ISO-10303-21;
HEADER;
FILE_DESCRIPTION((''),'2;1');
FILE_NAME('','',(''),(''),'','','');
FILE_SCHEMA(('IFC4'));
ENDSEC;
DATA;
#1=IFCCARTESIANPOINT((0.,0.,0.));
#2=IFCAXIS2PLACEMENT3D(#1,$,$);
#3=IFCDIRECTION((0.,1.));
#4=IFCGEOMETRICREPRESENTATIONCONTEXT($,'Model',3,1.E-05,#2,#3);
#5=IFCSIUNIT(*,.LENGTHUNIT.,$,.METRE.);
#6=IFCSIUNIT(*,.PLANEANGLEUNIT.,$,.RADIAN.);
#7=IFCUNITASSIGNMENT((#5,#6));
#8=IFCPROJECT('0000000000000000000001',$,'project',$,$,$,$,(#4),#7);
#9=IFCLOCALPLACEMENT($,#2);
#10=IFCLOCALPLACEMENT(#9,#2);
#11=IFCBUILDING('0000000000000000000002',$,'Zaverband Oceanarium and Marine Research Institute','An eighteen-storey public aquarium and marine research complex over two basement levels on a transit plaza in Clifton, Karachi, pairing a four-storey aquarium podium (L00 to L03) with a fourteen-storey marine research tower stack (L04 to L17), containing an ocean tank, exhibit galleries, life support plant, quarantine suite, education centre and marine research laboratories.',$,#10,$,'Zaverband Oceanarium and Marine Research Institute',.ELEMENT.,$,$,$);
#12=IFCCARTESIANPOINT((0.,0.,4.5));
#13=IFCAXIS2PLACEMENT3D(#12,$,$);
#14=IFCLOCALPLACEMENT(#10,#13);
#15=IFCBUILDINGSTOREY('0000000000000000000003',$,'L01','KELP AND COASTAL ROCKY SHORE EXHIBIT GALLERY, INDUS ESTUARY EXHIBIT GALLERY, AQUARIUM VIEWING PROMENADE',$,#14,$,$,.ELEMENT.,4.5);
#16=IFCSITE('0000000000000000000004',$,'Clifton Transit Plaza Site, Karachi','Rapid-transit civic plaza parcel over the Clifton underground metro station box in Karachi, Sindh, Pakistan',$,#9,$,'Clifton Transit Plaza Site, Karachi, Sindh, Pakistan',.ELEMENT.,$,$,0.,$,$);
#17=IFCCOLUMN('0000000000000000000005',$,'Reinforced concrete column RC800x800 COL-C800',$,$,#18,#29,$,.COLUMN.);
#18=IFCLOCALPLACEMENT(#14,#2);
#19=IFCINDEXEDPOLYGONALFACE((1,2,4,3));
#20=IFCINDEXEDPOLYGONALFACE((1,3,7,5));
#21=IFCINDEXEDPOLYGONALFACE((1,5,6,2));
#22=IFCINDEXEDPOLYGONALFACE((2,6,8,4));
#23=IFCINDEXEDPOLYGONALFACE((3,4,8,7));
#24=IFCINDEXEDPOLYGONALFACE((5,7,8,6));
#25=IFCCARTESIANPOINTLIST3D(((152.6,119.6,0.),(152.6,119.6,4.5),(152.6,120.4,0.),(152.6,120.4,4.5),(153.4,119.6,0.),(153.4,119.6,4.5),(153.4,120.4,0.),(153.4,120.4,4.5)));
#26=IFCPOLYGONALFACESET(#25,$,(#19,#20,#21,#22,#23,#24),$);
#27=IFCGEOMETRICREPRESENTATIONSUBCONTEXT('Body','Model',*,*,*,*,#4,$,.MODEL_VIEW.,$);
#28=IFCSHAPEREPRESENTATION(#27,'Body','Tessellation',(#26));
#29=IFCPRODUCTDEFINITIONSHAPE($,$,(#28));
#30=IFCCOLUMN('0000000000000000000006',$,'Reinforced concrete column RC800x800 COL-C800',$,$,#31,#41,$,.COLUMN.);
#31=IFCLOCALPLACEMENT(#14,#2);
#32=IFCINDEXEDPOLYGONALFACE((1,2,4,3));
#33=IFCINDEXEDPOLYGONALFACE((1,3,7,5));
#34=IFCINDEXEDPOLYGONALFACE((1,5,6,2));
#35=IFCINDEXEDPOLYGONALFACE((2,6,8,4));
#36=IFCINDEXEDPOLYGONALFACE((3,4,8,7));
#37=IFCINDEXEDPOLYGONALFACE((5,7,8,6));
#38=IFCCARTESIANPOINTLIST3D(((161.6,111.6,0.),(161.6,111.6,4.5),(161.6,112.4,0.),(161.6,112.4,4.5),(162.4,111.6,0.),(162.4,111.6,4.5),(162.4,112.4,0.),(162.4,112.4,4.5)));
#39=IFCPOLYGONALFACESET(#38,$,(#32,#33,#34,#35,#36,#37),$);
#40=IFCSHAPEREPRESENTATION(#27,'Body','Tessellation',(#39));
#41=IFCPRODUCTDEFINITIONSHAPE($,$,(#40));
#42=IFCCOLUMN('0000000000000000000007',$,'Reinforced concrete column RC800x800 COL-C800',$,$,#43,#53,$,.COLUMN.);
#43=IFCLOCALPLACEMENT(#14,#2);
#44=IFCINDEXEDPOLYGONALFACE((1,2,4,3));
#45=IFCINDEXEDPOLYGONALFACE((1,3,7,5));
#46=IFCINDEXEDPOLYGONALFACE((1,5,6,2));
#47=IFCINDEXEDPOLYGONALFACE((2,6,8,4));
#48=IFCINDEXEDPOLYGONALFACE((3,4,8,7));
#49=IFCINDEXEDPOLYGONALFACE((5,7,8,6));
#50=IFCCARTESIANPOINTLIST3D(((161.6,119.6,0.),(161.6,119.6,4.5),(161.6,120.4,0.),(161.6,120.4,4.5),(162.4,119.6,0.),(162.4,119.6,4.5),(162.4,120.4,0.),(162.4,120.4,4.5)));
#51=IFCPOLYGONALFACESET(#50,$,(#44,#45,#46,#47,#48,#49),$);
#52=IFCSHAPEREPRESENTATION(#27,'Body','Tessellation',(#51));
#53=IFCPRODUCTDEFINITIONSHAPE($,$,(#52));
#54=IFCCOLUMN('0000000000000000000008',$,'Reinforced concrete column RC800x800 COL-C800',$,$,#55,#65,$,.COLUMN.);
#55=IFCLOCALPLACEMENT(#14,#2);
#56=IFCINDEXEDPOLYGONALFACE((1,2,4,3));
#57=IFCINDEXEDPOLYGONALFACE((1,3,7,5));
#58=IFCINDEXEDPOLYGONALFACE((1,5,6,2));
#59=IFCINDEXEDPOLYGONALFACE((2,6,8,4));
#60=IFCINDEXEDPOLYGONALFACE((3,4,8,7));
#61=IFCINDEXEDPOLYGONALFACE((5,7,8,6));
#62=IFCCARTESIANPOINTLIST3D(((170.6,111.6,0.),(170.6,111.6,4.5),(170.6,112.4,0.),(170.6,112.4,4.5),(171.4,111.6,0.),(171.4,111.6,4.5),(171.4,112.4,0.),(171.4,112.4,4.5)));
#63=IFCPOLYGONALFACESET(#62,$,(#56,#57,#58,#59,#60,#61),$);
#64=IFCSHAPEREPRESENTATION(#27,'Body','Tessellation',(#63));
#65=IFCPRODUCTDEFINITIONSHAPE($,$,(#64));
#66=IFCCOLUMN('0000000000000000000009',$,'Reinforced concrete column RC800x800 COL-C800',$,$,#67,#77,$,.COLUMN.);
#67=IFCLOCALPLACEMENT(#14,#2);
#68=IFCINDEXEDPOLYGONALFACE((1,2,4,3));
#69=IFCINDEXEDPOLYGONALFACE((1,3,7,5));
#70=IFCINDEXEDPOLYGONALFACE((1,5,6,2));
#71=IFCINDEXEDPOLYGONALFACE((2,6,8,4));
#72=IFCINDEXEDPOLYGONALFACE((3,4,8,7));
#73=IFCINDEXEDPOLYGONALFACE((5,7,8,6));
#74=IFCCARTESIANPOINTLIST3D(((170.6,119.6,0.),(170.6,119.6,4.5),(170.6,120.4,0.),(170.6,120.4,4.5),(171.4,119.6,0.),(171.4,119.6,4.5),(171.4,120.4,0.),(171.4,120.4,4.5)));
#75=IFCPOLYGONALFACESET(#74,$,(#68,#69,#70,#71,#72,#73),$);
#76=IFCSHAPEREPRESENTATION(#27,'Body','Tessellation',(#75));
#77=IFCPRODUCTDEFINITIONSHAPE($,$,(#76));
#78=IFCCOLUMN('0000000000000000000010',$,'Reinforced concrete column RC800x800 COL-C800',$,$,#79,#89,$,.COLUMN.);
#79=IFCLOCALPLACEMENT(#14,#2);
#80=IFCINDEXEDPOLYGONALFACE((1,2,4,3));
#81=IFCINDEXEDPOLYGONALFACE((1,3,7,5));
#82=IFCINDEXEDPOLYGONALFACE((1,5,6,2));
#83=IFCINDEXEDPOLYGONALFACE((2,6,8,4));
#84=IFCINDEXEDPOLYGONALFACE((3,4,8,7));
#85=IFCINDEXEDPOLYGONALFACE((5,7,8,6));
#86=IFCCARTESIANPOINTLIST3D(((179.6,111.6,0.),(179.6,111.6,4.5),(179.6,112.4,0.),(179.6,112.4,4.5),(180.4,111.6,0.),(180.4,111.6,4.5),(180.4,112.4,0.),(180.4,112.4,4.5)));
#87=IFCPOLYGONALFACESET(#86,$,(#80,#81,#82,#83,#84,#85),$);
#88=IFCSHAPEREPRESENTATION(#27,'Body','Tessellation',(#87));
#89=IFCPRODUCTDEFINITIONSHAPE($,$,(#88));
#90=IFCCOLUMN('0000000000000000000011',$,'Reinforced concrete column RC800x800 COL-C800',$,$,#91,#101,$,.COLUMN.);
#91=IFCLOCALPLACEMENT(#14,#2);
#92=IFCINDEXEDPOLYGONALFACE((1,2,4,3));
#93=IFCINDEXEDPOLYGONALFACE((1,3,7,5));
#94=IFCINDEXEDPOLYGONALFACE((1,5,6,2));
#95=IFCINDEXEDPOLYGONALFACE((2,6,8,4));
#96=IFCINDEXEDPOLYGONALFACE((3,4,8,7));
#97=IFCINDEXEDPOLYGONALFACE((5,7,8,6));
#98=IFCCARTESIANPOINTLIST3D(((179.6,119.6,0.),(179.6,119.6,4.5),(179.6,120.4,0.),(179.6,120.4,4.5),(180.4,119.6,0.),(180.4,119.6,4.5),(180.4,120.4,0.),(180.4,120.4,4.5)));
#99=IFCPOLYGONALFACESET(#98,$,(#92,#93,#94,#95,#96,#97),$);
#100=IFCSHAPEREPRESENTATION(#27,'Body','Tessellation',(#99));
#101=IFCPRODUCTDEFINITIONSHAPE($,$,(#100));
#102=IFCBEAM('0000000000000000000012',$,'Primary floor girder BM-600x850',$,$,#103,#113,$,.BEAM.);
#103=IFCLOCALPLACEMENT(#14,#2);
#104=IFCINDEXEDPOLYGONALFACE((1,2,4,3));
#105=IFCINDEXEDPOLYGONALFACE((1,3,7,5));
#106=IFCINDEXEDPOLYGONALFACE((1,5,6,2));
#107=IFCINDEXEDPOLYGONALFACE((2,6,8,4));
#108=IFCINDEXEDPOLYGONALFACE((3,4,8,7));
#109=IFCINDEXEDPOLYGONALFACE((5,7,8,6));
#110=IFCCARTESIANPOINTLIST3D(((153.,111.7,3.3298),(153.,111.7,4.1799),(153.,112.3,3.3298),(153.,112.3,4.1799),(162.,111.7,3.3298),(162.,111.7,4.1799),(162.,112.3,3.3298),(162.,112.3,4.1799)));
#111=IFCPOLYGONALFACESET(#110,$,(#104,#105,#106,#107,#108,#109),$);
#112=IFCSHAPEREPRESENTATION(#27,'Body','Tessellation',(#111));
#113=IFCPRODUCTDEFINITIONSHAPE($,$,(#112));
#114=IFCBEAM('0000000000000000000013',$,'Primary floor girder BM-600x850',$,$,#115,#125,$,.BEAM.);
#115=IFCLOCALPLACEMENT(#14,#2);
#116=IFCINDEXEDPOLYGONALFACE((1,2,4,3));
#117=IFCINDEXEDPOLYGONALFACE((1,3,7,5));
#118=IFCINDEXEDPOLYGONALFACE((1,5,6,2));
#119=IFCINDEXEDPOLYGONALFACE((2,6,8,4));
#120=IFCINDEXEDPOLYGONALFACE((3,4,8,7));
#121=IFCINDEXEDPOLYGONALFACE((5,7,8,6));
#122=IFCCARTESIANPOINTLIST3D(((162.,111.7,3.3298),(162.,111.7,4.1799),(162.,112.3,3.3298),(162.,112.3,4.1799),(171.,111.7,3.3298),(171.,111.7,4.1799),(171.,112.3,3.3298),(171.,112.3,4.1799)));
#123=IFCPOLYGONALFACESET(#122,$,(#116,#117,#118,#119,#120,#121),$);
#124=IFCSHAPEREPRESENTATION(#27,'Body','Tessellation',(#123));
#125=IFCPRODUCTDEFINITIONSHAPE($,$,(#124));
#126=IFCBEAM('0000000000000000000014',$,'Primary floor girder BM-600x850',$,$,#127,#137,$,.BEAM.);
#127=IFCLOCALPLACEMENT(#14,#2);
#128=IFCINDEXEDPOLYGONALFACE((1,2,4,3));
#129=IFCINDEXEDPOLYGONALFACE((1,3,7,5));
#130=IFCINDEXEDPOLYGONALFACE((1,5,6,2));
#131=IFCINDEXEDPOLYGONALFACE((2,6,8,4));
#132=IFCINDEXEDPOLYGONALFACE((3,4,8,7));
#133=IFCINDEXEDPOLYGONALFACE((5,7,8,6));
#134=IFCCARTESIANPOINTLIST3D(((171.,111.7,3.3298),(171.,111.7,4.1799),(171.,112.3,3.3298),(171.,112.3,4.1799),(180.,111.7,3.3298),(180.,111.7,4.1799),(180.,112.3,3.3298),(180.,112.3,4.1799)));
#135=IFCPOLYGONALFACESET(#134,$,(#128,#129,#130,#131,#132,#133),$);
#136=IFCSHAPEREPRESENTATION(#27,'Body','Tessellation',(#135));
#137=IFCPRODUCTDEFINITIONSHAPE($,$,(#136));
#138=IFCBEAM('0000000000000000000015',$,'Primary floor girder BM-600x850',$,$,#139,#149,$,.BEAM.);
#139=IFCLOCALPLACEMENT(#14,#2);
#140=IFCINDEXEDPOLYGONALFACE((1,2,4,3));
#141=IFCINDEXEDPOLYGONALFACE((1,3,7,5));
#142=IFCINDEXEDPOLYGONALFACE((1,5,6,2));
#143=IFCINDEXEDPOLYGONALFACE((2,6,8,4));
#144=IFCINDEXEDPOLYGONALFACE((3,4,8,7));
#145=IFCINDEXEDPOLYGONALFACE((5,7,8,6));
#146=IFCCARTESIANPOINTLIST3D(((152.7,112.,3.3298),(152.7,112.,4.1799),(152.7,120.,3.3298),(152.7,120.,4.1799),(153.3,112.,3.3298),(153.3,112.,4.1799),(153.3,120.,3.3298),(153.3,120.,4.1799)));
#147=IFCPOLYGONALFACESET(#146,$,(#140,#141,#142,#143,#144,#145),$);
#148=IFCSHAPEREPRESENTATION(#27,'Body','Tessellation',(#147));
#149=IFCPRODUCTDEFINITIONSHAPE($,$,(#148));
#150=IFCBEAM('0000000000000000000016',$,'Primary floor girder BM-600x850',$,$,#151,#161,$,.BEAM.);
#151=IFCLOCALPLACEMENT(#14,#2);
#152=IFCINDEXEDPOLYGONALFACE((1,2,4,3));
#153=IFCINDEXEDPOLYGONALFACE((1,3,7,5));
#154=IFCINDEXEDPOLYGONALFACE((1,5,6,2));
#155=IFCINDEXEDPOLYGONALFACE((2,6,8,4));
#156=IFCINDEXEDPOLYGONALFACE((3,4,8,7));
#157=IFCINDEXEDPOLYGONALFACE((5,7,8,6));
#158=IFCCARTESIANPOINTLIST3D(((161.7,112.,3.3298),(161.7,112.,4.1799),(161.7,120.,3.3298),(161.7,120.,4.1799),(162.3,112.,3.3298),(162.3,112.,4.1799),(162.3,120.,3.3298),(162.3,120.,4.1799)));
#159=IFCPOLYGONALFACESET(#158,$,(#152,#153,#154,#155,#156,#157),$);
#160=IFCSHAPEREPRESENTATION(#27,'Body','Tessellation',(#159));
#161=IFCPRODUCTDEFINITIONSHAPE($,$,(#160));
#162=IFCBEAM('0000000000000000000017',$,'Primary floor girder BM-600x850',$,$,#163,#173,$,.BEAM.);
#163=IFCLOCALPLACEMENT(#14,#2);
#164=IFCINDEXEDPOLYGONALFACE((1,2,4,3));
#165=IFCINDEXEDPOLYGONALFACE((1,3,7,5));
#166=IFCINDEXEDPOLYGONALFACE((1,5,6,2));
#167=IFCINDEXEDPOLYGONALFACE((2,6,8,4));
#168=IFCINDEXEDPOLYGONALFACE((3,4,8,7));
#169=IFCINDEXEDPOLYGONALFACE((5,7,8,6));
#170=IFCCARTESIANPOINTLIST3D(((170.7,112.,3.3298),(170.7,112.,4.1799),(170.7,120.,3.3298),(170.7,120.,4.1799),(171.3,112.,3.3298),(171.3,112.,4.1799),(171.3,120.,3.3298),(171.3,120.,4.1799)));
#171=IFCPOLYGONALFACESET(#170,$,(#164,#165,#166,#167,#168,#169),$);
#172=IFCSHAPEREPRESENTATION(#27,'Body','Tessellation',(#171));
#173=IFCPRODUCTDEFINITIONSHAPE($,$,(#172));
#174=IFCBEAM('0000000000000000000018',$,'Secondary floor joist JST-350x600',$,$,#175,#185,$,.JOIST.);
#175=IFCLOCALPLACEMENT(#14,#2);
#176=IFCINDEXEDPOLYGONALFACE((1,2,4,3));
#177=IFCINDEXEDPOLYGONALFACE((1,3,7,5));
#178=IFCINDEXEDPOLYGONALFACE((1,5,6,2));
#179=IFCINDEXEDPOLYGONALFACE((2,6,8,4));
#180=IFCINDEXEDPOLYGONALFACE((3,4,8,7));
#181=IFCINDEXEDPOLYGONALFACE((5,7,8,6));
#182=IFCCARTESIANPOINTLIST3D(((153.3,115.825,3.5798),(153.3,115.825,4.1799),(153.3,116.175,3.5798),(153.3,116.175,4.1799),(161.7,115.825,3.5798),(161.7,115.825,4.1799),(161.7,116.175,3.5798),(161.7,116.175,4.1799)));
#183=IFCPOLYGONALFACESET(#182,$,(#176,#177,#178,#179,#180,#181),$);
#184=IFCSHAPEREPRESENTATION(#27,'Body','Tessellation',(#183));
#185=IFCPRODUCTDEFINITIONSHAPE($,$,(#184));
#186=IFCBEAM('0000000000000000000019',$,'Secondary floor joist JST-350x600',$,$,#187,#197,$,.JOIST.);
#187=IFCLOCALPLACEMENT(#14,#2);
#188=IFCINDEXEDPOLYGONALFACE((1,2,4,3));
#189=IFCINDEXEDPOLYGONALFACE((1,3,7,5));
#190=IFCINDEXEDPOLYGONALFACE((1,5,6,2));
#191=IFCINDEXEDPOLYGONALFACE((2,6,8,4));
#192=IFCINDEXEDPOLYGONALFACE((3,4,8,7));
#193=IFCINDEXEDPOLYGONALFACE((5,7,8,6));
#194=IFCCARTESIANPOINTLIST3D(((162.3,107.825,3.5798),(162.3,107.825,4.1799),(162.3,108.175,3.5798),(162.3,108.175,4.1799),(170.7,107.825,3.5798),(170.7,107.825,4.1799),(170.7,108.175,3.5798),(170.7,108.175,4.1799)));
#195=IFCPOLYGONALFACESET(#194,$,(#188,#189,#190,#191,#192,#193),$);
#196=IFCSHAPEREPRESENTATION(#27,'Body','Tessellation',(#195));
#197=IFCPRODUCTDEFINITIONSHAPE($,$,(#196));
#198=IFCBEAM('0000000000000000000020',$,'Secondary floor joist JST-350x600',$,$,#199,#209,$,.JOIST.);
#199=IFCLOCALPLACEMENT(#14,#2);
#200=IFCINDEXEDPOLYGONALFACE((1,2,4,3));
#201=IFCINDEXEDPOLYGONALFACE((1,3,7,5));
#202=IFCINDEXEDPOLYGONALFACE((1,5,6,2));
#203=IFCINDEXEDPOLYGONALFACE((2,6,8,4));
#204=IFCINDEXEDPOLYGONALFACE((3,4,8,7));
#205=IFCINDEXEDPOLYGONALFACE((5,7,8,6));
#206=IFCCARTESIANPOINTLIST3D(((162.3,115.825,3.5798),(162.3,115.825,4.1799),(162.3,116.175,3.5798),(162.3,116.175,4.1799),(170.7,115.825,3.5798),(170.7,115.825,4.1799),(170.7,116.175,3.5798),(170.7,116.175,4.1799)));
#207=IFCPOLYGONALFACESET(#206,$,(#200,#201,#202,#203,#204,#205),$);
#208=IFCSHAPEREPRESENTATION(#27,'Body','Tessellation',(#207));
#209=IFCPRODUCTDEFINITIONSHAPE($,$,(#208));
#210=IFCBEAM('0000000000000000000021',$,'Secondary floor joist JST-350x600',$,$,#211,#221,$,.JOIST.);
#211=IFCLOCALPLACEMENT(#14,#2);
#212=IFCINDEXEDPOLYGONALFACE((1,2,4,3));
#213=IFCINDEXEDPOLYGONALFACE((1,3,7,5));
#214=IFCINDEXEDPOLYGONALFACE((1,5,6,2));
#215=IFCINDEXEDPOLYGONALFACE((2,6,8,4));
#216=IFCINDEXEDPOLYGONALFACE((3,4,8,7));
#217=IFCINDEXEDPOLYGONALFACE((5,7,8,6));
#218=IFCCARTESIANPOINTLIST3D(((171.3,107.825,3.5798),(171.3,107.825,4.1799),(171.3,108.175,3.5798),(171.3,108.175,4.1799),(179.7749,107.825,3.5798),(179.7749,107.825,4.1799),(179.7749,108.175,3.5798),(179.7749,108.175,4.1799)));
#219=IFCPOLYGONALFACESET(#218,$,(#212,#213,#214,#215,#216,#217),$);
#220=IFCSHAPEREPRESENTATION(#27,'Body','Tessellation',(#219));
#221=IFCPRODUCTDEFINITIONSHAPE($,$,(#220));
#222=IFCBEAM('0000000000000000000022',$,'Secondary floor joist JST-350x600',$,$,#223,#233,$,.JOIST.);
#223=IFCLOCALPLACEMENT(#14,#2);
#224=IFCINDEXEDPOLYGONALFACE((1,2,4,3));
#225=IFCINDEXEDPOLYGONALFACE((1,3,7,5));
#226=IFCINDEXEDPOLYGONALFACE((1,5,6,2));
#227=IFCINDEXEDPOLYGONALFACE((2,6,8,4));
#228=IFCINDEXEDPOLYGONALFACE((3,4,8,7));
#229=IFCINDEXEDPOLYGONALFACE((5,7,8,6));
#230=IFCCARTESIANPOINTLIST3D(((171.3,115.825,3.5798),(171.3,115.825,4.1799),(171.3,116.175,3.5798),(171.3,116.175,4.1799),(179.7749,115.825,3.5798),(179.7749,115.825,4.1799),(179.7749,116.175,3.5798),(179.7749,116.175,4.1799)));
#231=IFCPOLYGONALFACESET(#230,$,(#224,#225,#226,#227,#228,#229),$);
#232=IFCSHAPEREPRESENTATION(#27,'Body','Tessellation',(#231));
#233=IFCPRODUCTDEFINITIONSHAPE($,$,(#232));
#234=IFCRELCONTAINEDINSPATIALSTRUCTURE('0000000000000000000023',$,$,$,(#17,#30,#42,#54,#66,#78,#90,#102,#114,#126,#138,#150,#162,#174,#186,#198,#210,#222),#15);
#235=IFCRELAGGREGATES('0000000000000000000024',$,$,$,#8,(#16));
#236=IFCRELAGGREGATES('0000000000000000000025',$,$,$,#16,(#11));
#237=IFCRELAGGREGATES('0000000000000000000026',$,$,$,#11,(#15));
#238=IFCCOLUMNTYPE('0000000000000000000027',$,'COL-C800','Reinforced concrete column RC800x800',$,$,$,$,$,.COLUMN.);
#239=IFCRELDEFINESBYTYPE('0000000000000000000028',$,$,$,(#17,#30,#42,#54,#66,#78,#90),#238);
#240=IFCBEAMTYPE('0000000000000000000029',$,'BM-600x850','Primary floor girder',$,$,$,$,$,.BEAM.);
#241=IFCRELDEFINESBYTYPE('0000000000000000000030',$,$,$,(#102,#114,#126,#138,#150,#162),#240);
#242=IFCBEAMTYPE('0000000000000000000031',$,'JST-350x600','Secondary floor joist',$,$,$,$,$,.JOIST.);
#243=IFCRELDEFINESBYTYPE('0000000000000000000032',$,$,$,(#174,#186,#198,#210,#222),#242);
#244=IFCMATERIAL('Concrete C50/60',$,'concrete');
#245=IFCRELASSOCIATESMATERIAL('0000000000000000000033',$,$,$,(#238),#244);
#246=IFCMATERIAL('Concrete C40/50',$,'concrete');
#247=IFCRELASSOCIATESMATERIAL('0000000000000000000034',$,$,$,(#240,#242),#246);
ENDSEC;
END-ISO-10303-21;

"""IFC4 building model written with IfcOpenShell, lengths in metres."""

from ifc_helpers import new_model, si_unit, direction, frame, origin, origin_2d, place, context, subcontext, project, spatial, rectangle, extrude, material, material_profile, profile_set, type_object, element, save


model = new_model("IFC4")

# Units and contexts
model_context = context("Model", 3, precision=1e-05, world=origin(), true_north=direction((0.0, 1.0)))
body_context = subcontext(model_context, "Body", "Model", "MODEL_VIEW")
ifc_project = project(units=[si_unit("LENGTHUNIT", "METRE"), si_unit("PLANEANGLEUNIT", "RADIAN")], contexts=[model_context])

# Site, building, storey
site_placement = place(None, origin())
site = spatial("IfcSite", under=ifc_project, at=site_placement, Name="Clifton Transit Plaza Site, Karachi", Description="Rapid-transit civic plaza parcel over the Clifton underground metro station box in Karachi, Sindh, Pakistan", LongName="Clifton Transit Plaza Site, Karachi, Sindh, Pakistan", CompositionType="ELEMENT", RefElevation=0.0)
building_placement = place(site_placement, origin())
building = spatial("IfcBuilding", under=site, at=building_placement, Name="Zaverband Oceanarium and Marine Research Institute", Description="An eighteen-storey public aquarium and marine research complex over two basement levels on a transit plaza in Clifton, Karachi, pairing a four-storey aquarium podium (L00 to L03) with a fourteen-storey marine research tower stack (L04 to L17), containing an ocean tank, exhibit galleries, life support plant, quarantine suite, education centre and marine research laboratories.", LongName="Zaverband Oceanarium and Marine Research Institute", CompositionType="ELEMENT")
storey_placement = place(building_placement, frame((0.0, 0.0, 4.5)))
storey = spatial("IfcBuildingStorey", under=building, at=storey_placement, Name="L01", Description="KELP AND COASTAL ROCKY SHORE EXHIBIT GALLERY, INDUS ESTUARY EXHIBIT GALLERY, AQUARIUM VIEWING PROMENADE", CompositionType="ELEMENT", Elevation=4.5)

# Columns
ifc_material_1 = material(Name="Concrete C50/60", Category="concrete")
ifc_material_profile_1 = material_profile(ifc_material_1, rectangle(XDim=0.8, YDim=0.8, at=origin_2d()), Name="RC800x800")
ifc_profile_set_1 = profile_set([ifc_material_profile_1], Name="Concrete C50/60")
column_type = type_object("IfcColumnType", Name="COL-C800", Description="Reinforced concrete column RC800x800", PredefinedType="COLUMN", material=ifc_profile_set_1)
for number, where, z_axis, x_axis, name in (
    (1, (153.0, 120.0, 0.0), (0.0, 0.0, 1.0), (1.0, 0.0, 0.0), "Reinforced concrete column RC800x800 COL-C800"),
    (2, (162.0, 112.0, 0.0), (0.0, 0.0, 1.0), (1.0, 0.0, 0.0), "Reinforced concrete column RC800x800 COL-C800"),
    (3, (162.0, 120.0, 0.0), (0.0, 0.0, 1.0), (1.0, 0.0, 0.0), "Reinforced concrete column RC800x800 COL-C800"),
    (4, (171.0, 112.0, 0.0), (0.0, 0.0, 1.0), (1.0, 0.0, 0.0), "Reinforced concrete column RC800x800 COL-C800"),
    (5, (171.0, 120.0, 0.0), (0.0, 0.0, 1.0), (1.0, 0.0, 0.0), "Reinforced concrete column RC800x800 COL-C800"),
    (6, (180.0, 112.0, 0.0), (0.0, 0.0, 1.0), (1.0, 0.0, 0.0), "Reinforced concrete column RC800x800 COL-C800"),
    (7, (180.0, 120.0, 0.0), (0.0, 0.0, 1.0), (1.0, 0.0, 0.0), "Reinforced concrete column RC800x800 COL-C800"),
):
    element("IfcColumn", number, at=place(storey_placement, frame(where, z_axis=z_axis, x_axis=x_axis)), inside=storey, type_object=column_type, Name=name, PredefinedType="COLUMN", context=body_context, shape_type="SweptSolid", body=[
        extrude(rectangle(XDim=0.8, YDim=0.8, at=origin_2d()), origin(), (0.0, 0.0, 1.0), 4.5),
    ])

# Beams
ifc_material_2 = material(Name="Concrete C40/50", Category="concrete")
ifc_material_profile_2 = material_profile(ifc_material_2, rectangle(XDim=0.6001, YDim=0.8501, at=origin_2d()), Name="RC600x850")
ifc_profile_set_2 = profile_set([ifc_material_profile_2], Name="Concrete C40/50")
beam_type_1 = type_object("IfcBeamType", Name="BM-600x850", Description="Primary floor girder", PredefinedType="BEAM", material=ifc_profile_set_2)
for number, where, z_axis, x_axis, name in (
    (8, (153.0, 112.0, 3.7549), (1.0, 0.0, 0.0), (0.0, 1.0, 0.0), "Primary floor girder BM-600x850"),
    (9, (162.0, 112.0, 3.7549), (1.0, 0.0, 0.0), (0.0, 1.0, 0.0), "Primary floor girder BM-600x850"),
    (10, (171.0, 112.0, 3.7549), (1.0, 0.0, 0.0), (0.0, 1.0, 0.0), "Primary floor girder BM-600x850"),
):
    element("IfcBeam", number, at=place(storey_placement, frame(where, z_axis=z_axis, x_axis=x_axis)), inside=storey, type_object=beam_type_1, Name=name, PredefinedType="BEAM", context=body_context, shape_type="SweptSolid", body=[
        extrude(rectangle(XDim=0.6001, YDim=0.8501, at=origin_2d()), origin(), (0.0, 0.0, 1.0), 9.0),
    ])
for number, where, z_axis, x_axis, name in (
    (11, (153.0, 112.0, 3.7549), (0.0, 1.0, 0.0), (-1.0, 0.0, 0.0), "Primary floor girder BM-600x850"),
    (12, (162.0, 112.0, 3.7549), (0.0, 1.0, 0.0), (-1.0, 0.0, 0.0), "Primary floor girder BM-600x850"),
    (13, (171.0, 112.0, 3.7549), (0.0, 1.0, 0.0), (-1.0, 0.0, 0.0), "Primary floor girder BM-600x850"),
):
    element("IfcBeam", number, at=place(storey_placement, frame(where, z_axis=z_axis, x_axis=x_axis)), inside=storey, type_object=beam_type_1, Name=name, PredefinedType="BEAM", context=body_context, shape_type="SweptSolid", body=[
        extrude(rectangle(XDim=0.6001, YDim=0.8501, at=origin_2d()), origin(), (0.0, 0.0, 1.0), 8.0),
    ])
ifc_material_profile_3 = material_profile(ifc_material_2, rectangle(XDim=0.3501, YDim=0.6001, at=origin_2d()), Name="RC350x600")
ifc_profile_set_3 = profile_set([ifc_material_profile_3], Name="Concrete C40/50")
beam_type_2 = type_object("IfcBeamType", Name="JST-350x600", Description="Secondary floor joist", PredefinedType="JOIST", material=ifc_profile_set_3)
for number, where, z_axis, x_axis, name in (
    (14, (153.3, 116.0, 3.8799), (1.0, 0.0, 0.0), (0.0, 1.0, 0.0), "Secondary floor joist JST-350x600"),
    (15, (162.3, 108.0, 3.8799), (1.0, 0.0, 0.0), (0.0, 1.0, 0.0), "Secondary floor joist JST-350x600"),
    (16, (162.3, 116.0, 3.8799), (1.0, 0.0, 0.0), (0.0, 1.0, 0.0), "Secondary floor joist JST-350x600"),
):
    element("IfcBeam", number, at=place(storey_placement, frame(where, z_axis=z_axis, x_axis=x_axis)), inside=storey, type_object=beam_type_2, Name=name, PredefinedType="JOIST", context=body_context, shape_type="SweptSolid", body=[
        extrude(rectangle(XDim=0.3501, YDim=0.6001, at=origin_2d()), origin(), (0.0, 0.0, 1.0), 8.3999),
    ])
for number, where, z_axis, x_axis, name in (
    (17, (171.3, 108.0, 3.8799), (1.0, 0.0, 0.0), (0.0, 1.0, 0.0), "Secondary floor joist JST-350x600"),
    (18, (171.3, 116.0, 3.8799), (1.0, 0.0, 0.0), (0.0, 1.0, 0.0), "Secondary floor joist JST-350x600"),
):
    element("IfcBeam", number, at=place(storey_placement, frame(where, z_axis=z_axis, x_axis=x_axis)), inside=storey, type_object=beam_type_2, Name=name, PredefinedType="JOIST", context=body_context, shape_type="SweptSolid", body=[
        extrude(rectangle(XDim=0.3501, YDim=0.6001, at=origin_2d()), origin(), (0.0, 0.0, 1.0), 8.4749),
    ])

save(model, "model.ifc")
